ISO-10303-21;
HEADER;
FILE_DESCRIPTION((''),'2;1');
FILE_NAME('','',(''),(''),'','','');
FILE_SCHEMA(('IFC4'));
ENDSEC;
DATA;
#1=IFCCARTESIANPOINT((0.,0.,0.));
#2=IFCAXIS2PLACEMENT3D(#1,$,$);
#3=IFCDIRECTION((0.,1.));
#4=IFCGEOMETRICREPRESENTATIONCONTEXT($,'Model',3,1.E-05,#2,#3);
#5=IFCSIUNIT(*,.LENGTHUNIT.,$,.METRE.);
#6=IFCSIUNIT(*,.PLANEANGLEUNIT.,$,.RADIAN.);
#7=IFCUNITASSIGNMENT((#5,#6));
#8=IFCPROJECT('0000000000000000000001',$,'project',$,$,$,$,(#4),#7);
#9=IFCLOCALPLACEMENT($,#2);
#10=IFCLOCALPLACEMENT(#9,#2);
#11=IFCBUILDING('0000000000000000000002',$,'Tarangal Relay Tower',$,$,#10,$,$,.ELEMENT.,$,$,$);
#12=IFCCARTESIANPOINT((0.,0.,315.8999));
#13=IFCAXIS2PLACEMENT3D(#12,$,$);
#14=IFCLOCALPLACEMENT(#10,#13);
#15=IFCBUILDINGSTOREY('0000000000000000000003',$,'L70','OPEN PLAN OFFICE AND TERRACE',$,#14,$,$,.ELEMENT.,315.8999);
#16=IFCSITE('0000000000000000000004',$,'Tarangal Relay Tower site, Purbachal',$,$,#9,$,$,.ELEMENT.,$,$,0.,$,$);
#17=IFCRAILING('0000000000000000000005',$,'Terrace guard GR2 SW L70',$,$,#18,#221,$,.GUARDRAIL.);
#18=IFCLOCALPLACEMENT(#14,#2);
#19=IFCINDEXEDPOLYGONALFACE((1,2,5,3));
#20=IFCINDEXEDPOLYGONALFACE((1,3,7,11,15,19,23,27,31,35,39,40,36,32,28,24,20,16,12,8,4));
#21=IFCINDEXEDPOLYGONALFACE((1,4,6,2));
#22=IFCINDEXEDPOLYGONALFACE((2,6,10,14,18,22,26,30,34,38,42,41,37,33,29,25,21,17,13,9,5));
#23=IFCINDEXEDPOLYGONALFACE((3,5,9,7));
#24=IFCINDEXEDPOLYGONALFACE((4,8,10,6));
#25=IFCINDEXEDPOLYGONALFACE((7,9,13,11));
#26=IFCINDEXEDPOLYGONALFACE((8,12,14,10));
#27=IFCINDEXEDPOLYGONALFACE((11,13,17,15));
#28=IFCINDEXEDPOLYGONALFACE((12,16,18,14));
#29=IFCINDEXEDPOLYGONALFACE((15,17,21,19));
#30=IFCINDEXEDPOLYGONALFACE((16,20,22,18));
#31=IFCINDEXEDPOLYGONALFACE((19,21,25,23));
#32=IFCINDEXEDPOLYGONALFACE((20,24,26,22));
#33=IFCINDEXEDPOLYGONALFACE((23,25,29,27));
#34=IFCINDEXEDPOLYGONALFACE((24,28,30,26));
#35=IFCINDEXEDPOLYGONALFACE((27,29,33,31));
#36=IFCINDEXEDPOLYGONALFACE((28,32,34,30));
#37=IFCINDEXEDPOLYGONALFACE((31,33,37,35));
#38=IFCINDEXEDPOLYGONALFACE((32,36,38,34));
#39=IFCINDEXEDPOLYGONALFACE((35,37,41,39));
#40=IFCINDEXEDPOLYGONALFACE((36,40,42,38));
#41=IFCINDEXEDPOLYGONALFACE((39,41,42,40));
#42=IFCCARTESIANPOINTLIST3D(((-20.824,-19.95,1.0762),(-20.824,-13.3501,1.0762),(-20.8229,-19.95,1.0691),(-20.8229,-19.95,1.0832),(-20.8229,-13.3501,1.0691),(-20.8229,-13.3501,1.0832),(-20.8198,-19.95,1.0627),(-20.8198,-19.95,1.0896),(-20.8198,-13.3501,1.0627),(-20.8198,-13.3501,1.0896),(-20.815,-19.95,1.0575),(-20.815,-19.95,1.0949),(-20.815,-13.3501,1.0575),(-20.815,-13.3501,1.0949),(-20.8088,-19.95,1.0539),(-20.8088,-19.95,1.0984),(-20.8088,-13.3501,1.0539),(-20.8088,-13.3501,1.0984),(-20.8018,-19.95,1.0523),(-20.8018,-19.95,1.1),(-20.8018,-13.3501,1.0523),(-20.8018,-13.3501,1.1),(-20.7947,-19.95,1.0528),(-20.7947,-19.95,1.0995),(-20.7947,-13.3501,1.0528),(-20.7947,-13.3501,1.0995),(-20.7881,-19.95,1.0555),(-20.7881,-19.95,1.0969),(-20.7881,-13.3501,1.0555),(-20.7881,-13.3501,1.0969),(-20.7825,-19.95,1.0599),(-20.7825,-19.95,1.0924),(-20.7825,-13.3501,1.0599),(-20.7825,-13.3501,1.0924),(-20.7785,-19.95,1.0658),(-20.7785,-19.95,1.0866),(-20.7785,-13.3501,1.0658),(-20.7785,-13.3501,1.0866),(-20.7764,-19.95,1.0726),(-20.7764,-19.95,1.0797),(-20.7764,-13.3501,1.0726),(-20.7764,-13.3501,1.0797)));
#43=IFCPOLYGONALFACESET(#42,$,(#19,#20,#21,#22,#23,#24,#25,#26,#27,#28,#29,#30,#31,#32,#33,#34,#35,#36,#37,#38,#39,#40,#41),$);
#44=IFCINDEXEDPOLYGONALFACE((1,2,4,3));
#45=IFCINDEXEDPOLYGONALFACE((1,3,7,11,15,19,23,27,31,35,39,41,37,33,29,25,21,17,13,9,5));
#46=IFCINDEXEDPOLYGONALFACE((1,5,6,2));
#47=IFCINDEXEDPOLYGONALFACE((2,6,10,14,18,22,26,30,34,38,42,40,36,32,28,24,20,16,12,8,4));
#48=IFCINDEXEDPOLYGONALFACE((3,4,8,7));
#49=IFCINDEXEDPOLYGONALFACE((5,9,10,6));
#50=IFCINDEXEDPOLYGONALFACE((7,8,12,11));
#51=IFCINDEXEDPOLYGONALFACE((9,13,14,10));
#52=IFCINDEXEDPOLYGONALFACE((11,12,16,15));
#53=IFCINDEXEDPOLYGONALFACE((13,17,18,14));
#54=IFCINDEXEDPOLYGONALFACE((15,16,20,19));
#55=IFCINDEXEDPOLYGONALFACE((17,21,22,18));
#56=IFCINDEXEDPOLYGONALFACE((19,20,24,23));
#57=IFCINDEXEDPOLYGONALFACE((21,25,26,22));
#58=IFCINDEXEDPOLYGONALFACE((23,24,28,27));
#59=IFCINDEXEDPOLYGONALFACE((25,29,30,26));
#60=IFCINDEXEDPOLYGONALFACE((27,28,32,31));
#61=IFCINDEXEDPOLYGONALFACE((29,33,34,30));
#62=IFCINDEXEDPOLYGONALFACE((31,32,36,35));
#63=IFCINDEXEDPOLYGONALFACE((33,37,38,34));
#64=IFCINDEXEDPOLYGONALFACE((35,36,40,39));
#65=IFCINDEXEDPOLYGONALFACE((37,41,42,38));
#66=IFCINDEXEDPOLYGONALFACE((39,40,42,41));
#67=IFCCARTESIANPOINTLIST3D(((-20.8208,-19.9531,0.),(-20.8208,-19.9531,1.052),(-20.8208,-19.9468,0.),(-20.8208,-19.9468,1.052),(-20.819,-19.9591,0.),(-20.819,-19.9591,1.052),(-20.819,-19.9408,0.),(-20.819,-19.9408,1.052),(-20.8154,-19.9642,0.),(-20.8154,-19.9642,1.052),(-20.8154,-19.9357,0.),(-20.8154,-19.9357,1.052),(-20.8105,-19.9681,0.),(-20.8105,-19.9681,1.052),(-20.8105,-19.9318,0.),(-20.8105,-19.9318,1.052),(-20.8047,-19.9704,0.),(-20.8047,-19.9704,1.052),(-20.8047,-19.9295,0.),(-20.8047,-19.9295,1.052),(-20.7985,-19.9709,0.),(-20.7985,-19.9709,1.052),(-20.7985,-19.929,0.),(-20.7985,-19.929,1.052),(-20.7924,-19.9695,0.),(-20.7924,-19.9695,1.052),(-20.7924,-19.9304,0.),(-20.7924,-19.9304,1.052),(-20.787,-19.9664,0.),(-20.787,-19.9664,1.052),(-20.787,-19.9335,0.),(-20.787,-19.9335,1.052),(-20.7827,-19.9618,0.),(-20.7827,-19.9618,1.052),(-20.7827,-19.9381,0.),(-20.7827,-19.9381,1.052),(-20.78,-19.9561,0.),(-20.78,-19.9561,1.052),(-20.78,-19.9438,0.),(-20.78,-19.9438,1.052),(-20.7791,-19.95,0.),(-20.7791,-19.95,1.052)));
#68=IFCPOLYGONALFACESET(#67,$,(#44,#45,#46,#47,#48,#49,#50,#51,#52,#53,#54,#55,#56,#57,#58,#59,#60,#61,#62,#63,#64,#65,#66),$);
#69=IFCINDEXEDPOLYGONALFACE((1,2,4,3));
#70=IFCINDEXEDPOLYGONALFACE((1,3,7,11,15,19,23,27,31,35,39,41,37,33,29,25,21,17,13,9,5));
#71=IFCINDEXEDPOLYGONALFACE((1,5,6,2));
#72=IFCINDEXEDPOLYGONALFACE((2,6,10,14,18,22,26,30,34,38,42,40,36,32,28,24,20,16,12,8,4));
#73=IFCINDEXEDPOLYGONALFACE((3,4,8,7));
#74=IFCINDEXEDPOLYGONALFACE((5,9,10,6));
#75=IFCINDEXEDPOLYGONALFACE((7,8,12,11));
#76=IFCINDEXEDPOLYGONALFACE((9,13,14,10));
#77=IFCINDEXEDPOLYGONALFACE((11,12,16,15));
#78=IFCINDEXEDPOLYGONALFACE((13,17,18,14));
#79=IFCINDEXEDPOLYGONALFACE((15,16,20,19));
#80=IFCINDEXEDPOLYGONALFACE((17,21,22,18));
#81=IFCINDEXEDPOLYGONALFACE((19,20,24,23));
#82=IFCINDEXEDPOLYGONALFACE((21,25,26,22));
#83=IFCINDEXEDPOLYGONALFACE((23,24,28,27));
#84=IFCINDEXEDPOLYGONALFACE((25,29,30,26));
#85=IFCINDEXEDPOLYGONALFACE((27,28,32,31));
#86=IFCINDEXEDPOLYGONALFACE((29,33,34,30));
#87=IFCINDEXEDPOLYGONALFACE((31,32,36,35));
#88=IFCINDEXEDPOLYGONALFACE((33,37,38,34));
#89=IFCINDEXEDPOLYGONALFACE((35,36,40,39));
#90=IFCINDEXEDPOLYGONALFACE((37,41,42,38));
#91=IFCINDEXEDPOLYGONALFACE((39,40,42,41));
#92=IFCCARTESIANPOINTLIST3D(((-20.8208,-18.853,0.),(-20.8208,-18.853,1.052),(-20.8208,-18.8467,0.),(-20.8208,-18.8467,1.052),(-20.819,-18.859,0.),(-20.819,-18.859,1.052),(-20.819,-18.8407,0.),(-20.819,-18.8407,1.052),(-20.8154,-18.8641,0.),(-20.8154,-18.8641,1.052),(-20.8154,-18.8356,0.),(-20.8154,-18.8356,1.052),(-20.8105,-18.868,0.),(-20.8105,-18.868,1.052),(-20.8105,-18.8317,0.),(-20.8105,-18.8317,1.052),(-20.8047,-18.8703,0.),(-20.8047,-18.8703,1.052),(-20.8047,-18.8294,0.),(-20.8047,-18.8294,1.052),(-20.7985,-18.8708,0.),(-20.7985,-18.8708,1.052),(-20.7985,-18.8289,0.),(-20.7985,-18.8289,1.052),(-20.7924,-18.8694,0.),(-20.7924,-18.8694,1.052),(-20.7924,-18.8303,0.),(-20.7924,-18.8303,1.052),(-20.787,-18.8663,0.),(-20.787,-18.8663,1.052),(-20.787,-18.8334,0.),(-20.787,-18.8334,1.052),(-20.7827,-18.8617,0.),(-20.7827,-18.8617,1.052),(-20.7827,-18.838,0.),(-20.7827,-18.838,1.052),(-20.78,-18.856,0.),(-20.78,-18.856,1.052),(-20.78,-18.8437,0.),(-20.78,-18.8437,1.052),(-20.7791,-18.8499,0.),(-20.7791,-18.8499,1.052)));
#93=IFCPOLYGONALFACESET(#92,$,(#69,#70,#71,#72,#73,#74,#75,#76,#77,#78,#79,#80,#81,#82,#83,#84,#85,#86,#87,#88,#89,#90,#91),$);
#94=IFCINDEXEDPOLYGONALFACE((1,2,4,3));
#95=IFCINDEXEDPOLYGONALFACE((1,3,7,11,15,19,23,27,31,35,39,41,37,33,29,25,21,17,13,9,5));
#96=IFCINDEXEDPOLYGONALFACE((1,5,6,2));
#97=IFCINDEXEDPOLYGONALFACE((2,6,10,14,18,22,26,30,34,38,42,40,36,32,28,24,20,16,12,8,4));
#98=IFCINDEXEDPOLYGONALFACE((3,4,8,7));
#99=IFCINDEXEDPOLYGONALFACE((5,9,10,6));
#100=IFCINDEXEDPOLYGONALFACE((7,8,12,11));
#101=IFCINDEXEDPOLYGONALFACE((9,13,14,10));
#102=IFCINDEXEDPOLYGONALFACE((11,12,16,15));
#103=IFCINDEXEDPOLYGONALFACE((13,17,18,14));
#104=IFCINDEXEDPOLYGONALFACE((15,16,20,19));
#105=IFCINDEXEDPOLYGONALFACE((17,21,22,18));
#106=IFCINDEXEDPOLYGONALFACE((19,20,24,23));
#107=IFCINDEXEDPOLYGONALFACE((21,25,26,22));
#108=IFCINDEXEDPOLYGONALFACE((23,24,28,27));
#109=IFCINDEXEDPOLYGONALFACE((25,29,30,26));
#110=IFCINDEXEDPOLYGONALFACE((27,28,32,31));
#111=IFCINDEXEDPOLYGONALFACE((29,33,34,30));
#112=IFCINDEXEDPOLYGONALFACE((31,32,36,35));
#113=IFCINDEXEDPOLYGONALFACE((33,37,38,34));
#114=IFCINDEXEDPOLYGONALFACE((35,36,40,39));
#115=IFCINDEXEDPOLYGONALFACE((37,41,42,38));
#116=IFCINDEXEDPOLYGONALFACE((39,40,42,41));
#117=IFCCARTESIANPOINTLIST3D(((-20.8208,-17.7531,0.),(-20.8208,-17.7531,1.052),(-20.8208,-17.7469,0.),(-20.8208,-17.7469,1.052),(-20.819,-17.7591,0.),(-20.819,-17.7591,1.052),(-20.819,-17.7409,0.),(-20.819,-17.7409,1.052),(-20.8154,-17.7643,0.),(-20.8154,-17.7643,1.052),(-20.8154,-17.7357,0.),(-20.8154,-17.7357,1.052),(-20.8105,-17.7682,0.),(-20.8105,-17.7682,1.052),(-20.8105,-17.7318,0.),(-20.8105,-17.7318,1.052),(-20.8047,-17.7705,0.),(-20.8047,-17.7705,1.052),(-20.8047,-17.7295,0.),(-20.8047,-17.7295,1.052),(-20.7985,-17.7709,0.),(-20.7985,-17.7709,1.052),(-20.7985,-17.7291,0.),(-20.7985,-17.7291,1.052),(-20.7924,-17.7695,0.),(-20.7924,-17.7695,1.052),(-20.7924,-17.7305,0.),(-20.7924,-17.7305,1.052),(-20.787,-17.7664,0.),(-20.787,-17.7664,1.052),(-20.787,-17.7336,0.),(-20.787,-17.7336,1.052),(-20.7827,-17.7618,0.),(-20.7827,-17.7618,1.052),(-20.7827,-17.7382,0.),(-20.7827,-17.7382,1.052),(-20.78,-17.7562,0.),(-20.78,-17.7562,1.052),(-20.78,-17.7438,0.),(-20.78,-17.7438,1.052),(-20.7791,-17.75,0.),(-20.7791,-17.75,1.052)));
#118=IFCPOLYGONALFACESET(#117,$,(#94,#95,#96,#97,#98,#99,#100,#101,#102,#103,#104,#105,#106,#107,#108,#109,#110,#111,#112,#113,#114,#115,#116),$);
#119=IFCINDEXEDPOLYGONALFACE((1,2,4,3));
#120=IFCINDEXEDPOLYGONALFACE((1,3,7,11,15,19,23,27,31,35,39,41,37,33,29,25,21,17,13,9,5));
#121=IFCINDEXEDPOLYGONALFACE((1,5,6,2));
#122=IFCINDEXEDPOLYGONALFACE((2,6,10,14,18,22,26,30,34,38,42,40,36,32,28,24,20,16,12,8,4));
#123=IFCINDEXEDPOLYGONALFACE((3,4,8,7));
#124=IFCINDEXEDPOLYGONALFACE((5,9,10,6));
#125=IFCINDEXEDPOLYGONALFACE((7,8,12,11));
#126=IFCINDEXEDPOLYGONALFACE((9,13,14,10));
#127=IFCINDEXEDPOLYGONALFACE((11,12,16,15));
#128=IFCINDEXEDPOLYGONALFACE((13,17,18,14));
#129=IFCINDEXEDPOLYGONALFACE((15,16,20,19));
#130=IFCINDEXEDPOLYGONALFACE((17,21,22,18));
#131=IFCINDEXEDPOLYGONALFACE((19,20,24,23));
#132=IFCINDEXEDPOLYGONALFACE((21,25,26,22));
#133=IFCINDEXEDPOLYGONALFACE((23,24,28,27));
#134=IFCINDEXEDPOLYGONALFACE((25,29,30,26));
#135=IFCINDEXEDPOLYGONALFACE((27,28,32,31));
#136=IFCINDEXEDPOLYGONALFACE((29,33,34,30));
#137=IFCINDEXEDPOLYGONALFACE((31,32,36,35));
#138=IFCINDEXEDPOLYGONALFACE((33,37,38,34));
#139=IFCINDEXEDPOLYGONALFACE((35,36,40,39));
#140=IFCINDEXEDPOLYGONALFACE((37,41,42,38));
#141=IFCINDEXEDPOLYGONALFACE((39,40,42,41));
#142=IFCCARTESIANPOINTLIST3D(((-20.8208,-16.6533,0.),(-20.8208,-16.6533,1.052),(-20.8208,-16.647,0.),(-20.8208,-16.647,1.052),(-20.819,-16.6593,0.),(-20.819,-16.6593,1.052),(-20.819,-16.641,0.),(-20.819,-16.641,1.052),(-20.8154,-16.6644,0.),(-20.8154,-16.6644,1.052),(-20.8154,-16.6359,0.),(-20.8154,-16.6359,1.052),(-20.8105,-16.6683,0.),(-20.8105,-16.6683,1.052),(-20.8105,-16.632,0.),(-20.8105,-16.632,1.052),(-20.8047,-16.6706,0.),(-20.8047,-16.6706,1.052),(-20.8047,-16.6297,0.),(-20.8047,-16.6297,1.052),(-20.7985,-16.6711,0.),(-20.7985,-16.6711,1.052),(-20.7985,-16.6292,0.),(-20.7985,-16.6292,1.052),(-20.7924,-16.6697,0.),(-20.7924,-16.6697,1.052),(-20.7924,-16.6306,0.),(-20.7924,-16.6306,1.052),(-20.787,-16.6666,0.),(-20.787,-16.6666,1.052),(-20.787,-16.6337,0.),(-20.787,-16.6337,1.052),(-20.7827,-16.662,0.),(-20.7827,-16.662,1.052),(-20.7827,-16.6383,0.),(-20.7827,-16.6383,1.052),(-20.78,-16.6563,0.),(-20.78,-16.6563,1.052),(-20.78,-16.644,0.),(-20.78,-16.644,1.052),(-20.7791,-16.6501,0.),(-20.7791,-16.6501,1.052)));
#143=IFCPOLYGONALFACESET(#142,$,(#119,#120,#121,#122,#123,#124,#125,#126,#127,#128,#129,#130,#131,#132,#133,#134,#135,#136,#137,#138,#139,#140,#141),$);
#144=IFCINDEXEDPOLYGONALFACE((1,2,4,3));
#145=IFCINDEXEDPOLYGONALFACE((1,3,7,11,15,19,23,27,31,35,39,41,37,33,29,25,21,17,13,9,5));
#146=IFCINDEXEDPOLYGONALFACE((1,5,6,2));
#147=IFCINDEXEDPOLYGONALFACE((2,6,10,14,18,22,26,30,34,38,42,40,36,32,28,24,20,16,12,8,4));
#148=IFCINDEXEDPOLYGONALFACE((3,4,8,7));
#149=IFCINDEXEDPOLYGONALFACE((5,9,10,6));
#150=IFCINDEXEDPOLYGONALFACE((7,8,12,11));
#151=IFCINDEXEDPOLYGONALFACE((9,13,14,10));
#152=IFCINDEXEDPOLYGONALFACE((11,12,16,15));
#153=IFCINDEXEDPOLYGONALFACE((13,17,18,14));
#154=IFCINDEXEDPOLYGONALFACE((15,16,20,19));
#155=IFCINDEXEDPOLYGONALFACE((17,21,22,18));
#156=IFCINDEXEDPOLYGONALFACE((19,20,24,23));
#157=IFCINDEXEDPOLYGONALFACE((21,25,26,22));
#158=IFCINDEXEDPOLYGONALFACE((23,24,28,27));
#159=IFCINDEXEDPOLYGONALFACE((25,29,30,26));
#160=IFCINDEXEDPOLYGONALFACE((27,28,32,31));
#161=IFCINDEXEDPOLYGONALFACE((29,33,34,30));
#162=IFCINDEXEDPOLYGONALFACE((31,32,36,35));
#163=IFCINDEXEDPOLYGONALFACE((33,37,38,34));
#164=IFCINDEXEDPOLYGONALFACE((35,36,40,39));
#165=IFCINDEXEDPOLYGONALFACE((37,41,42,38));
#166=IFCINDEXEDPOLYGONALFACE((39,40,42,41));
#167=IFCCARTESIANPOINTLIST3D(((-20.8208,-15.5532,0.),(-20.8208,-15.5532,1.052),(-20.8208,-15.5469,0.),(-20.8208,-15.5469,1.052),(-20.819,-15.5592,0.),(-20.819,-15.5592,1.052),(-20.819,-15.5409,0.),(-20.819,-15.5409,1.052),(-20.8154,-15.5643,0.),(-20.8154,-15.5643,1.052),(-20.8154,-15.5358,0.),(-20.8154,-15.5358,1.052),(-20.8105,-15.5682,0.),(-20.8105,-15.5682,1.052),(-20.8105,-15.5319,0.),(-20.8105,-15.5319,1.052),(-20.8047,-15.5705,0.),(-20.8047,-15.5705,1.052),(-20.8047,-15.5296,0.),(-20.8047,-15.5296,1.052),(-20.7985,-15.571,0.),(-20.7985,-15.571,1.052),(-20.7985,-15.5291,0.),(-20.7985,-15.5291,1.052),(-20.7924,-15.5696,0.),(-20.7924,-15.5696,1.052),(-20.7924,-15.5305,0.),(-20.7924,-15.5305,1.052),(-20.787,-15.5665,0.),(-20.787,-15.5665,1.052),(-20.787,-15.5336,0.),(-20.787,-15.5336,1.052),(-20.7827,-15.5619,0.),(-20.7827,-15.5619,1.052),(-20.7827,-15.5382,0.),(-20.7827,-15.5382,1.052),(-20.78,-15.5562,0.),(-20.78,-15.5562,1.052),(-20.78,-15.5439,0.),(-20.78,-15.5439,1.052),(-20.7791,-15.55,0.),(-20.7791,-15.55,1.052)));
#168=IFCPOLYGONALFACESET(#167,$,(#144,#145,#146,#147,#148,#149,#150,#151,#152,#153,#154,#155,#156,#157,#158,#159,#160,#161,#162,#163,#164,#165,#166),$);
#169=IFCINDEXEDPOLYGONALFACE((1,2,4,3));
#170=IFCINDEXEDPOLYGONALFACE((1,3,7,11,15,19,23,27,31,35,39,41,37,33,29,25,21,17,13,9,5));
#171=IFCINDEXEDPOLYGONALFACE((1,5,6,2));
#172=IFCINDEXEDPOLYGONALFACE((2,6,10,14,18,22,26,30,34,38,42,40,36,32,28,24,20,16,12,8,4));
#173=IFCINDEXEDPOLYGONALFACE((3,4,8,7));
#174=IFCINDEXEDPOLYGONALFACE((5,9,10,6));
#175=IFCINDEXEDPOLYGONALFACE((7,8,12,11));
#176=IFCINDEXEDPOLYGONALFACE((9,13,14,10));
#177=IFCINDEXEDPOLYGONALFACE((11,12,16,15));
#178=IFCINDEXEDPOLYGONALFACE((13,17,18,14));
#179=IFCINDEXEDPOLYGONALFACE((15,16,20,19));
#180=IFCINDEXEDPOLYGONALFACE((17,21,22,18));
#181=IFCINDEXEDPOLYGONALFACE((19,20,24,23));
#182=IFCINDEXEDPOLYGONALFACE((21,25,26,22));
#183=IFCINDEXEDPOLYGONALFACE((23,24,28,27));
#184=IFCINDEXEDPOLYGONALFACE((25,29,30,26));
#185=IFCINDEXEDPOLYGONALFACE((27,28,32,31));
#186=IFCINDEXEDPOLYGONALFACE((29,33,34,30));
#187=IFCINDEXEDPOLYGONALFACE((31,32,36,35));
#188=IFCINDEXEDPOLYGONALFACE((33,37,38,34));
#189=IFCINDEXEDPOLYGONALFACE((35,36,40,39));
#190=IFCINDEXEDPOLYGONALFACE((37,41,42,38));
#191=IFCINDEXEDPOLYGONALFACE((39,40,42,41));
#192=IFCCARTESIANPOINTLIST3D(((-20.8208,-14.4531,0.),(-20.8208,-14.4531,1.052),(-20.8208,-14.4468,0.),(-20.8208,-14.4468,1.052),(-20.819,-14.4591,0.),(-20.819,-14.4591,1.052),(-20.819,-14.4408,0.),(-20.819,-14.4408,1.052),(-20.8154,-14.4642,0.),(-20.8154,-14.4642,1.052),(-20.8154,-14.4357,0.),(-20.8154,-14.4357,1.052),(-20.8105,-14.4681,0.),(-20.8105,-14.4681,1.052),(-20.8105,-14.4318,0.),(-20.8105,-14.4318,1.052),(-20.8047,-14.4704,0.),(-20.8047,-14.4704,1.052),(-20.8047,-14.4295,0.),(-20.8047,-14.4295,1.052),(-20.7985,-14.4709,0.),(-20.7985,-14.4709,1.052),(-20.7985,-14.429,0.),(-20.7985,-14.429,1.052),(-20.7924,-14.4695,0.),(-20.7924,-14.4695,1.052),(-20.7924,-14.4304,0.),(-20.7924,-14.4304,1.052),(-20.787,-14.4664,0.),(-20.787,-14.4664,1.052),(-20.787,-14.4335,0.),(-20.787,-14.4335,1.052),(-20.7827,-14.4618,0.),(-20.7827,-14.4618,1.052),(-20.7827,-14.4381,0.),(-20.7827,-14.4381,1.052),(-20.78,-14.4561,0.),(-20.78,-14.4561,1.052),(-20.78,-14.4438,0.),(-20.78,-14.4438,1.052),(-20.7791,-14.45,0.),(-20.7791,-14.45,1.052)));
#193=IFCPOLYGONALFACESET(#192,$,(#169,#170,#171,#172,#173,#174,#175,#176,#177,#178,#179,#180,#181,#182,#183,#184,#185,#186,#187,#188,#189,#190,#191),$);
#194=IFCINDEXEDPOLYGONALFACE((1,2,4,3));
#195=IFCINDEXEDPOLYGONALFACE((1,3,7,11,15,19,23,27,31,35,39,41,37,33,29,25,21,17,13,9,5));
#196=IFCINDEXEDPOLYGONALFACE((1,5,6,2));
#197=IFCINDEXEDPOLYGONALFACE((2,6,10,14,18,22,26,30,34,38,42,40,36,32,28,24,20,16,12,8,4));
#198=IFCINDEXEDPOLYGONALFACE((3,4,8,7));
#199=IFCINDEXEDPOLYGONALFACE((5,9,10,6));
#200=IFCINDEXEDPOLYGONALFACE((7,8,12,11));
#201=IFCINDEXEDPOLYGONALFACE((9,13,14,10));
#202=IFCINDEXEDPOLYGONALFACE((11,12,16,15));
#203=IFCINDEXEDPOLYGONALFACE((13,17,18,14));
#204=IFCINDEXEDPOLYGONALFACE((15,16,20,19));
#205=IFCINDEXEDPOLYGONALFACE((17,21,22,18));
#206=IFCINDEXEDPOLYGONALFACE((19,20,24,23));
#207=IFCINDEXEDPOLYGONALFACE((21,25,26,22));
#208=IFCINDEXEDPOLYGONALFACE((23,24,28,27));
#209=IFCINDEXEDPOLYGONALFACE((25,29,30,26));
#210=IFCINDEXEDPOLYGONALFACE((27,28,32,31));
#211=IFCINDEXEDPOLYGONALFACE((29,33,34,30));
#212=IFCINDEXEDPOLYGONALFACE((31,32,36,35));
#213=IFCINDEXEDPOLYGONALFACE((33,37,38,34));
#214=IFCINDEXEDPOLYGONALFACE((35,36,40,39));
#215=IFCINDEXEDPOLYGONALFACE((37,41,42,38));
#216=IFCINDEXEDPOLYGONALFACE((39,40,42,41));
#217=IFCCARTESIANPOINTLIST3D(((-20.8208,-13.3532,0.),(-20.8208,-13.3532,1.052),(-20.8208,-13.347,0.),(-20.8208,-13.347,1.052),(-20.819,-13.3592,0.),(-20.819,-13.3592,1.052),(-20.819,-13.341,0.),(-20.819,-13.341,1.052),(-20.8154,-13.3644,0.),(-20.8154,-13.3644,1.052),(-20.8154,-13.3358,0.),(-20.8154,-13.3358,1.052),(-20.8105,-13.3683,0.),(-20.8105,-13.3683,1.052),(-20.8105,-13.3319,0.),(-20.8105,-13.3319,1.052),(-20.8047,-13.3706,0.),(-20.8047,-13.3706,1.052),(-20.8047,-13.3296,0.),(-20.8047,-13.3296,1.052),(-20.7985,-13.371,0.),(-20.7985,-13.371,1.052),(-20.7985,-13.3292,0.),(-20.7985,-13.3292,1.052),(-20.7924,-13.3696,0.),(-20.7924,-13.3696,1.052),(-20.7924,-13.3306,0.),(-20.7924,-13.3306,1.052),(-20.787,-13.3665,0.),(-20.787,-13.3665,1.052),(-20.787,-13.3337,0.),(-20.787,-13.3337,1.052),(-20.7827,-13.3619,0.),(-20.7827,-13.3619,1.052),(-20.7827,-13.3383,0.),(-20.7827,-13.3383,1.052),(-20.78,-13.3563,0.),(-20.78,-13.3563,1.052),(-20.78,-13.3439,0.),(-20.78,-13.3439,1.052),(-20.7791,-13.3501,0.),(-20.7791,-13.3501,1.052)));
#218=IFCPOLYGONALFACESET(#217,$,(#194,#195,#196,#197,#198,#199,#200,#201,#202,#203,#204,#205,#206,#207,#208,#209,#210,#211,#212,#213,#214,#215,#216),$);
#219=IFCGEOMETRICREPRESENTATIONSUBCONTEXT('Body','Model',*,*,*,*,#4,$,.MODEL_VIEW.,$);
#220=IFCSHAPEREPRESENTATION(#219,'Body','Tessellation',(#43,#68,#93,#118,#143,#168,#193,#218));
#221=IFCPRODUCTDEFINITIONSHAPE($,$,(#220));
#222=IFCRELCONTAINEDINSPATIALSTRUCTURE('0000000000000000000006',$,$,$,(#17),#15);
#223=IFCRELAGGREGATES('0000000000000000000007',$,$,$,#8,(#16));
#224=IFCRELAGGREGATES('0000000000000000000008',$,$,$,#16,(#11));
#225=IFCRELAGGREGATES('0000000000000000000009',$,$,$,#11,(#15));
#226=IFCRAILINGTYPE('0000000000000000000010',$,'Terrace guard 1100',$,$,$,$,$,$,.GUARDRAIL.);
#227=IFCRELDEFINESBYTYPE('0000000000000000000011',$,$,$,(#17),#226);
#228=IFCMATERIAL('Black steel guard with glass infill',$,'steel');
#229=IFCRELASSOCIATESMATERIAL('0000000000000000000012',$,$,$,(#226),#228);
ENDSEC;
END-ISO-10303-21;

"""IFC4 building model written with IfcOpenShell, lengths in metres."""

from ifc_helpers import new_model, si_unit, direction, frame, origin, origin_2d, place, context, subcontext, project, spatial, circle, extrude, material, type_object, element, save


model = new_model("IFC4")

# Units and contexts
model_context = context("Model", 3, precision=1e-05, world=origin(), true_north=direction((0.0, 1.0)))
body_context = subcontext(model_context, "Body", "Model", "MODEL_VIEW")
ifc_project = project(units=[si_unit("LENGTHUNIT", "METRE"), si_unit("PLANEANGLEUNIT", "RADIAN")], contexts=[model_context])

# Site, building, storey
site_placement = place(None, origin())
site = spatial("IfcSite", under=ifc_project, at=site_placement, Name="Tarangal Relay Tower site, Purbachal", CompositionType="ELEMENT", RefElevation=0.0)
building_placement = place(site_placement, origin())
building = spatial("IfcBuilding", under=site, at=building_placement, Name="Tarangal Relay Tower", CompositionType="ELEMENT")
storey_placement = place(building_placement, frame((0.0, 0.0, 315.8999)))
storey = spatial("IfcBuildingStorey", under=building, at=storey_placement, Name="L70", Description="OPEN PLAN OFFICE AND TERRACE", CompositionType="ELEMENT", Elevation=315.8999)

# Railing
ifc_material_1 = material(Name="Black steel guard with glass infill", Category="steel")
railing_type = type_object("IfcRailingType", Name="Terrace guard 1100", PredefinedType="GUARDRAIL", material=ifc_material_1)
railing_1_placement = place(storey_placement, frame((-20.8, -19.95, 0.0)))
element("IfcRailing", 1, at=railing_1_placement, inside=storey, type_object=railing_type, Name="Terrace guard GR2 SW L70", PredefinedType="GUARDRAIL", context=body_context, shape_type="SweptSolid", body=[
    extrude(circle(Radius=0.0239, at=origin_2d()), frame((0.0, 0.0, 1.0762), z_axis=(0.0, 1.0, 0.0), x_axis=(-1.0, 0.0, 0.0)), (0.0, 0.0, 1.0), 6.5999),
    extrude(circle(Radius=0.021, at=origin_2d()), origin(), (0.0, 0.0, 1.0), 1.052),
    extrude(circle(Radius=0.021, at=origin_2d()), frame((0.0, 1.1001, 0.0)), (0.0, 0.0, 1.0), 1.052),
    extrude(circle(Radius=0.021, at=origin_2d()), frame((0.0, 2.2, 0.0)), (0.0, 0.0, 1.0), 1.052),
    extrude(circle(Radius=0.021, at=origin_2d()), frame((0.0, 3.2998, 0.0)), (0.0, 0.0, 1.0), 1.052),
    extrude(circle(Radius=0.021, at=origin_2d()), frame((0.0, 4.3999, 0.0)), (0.0, 0.0, 1.0), 1.052),
    extrude(circle(Radius=0.021, at=origin_2d()), frame((0.0, 5.5, 0.0)), (0.0, 0.0, 1.0), 1.052),
    extrude(circle(Radius=0.021, at=origin_2d()), frame((0.0, 6.5999, 0.0)), (0.0, 0.0, 1.0), 1.052),
])

save(model, "model.ifc")
